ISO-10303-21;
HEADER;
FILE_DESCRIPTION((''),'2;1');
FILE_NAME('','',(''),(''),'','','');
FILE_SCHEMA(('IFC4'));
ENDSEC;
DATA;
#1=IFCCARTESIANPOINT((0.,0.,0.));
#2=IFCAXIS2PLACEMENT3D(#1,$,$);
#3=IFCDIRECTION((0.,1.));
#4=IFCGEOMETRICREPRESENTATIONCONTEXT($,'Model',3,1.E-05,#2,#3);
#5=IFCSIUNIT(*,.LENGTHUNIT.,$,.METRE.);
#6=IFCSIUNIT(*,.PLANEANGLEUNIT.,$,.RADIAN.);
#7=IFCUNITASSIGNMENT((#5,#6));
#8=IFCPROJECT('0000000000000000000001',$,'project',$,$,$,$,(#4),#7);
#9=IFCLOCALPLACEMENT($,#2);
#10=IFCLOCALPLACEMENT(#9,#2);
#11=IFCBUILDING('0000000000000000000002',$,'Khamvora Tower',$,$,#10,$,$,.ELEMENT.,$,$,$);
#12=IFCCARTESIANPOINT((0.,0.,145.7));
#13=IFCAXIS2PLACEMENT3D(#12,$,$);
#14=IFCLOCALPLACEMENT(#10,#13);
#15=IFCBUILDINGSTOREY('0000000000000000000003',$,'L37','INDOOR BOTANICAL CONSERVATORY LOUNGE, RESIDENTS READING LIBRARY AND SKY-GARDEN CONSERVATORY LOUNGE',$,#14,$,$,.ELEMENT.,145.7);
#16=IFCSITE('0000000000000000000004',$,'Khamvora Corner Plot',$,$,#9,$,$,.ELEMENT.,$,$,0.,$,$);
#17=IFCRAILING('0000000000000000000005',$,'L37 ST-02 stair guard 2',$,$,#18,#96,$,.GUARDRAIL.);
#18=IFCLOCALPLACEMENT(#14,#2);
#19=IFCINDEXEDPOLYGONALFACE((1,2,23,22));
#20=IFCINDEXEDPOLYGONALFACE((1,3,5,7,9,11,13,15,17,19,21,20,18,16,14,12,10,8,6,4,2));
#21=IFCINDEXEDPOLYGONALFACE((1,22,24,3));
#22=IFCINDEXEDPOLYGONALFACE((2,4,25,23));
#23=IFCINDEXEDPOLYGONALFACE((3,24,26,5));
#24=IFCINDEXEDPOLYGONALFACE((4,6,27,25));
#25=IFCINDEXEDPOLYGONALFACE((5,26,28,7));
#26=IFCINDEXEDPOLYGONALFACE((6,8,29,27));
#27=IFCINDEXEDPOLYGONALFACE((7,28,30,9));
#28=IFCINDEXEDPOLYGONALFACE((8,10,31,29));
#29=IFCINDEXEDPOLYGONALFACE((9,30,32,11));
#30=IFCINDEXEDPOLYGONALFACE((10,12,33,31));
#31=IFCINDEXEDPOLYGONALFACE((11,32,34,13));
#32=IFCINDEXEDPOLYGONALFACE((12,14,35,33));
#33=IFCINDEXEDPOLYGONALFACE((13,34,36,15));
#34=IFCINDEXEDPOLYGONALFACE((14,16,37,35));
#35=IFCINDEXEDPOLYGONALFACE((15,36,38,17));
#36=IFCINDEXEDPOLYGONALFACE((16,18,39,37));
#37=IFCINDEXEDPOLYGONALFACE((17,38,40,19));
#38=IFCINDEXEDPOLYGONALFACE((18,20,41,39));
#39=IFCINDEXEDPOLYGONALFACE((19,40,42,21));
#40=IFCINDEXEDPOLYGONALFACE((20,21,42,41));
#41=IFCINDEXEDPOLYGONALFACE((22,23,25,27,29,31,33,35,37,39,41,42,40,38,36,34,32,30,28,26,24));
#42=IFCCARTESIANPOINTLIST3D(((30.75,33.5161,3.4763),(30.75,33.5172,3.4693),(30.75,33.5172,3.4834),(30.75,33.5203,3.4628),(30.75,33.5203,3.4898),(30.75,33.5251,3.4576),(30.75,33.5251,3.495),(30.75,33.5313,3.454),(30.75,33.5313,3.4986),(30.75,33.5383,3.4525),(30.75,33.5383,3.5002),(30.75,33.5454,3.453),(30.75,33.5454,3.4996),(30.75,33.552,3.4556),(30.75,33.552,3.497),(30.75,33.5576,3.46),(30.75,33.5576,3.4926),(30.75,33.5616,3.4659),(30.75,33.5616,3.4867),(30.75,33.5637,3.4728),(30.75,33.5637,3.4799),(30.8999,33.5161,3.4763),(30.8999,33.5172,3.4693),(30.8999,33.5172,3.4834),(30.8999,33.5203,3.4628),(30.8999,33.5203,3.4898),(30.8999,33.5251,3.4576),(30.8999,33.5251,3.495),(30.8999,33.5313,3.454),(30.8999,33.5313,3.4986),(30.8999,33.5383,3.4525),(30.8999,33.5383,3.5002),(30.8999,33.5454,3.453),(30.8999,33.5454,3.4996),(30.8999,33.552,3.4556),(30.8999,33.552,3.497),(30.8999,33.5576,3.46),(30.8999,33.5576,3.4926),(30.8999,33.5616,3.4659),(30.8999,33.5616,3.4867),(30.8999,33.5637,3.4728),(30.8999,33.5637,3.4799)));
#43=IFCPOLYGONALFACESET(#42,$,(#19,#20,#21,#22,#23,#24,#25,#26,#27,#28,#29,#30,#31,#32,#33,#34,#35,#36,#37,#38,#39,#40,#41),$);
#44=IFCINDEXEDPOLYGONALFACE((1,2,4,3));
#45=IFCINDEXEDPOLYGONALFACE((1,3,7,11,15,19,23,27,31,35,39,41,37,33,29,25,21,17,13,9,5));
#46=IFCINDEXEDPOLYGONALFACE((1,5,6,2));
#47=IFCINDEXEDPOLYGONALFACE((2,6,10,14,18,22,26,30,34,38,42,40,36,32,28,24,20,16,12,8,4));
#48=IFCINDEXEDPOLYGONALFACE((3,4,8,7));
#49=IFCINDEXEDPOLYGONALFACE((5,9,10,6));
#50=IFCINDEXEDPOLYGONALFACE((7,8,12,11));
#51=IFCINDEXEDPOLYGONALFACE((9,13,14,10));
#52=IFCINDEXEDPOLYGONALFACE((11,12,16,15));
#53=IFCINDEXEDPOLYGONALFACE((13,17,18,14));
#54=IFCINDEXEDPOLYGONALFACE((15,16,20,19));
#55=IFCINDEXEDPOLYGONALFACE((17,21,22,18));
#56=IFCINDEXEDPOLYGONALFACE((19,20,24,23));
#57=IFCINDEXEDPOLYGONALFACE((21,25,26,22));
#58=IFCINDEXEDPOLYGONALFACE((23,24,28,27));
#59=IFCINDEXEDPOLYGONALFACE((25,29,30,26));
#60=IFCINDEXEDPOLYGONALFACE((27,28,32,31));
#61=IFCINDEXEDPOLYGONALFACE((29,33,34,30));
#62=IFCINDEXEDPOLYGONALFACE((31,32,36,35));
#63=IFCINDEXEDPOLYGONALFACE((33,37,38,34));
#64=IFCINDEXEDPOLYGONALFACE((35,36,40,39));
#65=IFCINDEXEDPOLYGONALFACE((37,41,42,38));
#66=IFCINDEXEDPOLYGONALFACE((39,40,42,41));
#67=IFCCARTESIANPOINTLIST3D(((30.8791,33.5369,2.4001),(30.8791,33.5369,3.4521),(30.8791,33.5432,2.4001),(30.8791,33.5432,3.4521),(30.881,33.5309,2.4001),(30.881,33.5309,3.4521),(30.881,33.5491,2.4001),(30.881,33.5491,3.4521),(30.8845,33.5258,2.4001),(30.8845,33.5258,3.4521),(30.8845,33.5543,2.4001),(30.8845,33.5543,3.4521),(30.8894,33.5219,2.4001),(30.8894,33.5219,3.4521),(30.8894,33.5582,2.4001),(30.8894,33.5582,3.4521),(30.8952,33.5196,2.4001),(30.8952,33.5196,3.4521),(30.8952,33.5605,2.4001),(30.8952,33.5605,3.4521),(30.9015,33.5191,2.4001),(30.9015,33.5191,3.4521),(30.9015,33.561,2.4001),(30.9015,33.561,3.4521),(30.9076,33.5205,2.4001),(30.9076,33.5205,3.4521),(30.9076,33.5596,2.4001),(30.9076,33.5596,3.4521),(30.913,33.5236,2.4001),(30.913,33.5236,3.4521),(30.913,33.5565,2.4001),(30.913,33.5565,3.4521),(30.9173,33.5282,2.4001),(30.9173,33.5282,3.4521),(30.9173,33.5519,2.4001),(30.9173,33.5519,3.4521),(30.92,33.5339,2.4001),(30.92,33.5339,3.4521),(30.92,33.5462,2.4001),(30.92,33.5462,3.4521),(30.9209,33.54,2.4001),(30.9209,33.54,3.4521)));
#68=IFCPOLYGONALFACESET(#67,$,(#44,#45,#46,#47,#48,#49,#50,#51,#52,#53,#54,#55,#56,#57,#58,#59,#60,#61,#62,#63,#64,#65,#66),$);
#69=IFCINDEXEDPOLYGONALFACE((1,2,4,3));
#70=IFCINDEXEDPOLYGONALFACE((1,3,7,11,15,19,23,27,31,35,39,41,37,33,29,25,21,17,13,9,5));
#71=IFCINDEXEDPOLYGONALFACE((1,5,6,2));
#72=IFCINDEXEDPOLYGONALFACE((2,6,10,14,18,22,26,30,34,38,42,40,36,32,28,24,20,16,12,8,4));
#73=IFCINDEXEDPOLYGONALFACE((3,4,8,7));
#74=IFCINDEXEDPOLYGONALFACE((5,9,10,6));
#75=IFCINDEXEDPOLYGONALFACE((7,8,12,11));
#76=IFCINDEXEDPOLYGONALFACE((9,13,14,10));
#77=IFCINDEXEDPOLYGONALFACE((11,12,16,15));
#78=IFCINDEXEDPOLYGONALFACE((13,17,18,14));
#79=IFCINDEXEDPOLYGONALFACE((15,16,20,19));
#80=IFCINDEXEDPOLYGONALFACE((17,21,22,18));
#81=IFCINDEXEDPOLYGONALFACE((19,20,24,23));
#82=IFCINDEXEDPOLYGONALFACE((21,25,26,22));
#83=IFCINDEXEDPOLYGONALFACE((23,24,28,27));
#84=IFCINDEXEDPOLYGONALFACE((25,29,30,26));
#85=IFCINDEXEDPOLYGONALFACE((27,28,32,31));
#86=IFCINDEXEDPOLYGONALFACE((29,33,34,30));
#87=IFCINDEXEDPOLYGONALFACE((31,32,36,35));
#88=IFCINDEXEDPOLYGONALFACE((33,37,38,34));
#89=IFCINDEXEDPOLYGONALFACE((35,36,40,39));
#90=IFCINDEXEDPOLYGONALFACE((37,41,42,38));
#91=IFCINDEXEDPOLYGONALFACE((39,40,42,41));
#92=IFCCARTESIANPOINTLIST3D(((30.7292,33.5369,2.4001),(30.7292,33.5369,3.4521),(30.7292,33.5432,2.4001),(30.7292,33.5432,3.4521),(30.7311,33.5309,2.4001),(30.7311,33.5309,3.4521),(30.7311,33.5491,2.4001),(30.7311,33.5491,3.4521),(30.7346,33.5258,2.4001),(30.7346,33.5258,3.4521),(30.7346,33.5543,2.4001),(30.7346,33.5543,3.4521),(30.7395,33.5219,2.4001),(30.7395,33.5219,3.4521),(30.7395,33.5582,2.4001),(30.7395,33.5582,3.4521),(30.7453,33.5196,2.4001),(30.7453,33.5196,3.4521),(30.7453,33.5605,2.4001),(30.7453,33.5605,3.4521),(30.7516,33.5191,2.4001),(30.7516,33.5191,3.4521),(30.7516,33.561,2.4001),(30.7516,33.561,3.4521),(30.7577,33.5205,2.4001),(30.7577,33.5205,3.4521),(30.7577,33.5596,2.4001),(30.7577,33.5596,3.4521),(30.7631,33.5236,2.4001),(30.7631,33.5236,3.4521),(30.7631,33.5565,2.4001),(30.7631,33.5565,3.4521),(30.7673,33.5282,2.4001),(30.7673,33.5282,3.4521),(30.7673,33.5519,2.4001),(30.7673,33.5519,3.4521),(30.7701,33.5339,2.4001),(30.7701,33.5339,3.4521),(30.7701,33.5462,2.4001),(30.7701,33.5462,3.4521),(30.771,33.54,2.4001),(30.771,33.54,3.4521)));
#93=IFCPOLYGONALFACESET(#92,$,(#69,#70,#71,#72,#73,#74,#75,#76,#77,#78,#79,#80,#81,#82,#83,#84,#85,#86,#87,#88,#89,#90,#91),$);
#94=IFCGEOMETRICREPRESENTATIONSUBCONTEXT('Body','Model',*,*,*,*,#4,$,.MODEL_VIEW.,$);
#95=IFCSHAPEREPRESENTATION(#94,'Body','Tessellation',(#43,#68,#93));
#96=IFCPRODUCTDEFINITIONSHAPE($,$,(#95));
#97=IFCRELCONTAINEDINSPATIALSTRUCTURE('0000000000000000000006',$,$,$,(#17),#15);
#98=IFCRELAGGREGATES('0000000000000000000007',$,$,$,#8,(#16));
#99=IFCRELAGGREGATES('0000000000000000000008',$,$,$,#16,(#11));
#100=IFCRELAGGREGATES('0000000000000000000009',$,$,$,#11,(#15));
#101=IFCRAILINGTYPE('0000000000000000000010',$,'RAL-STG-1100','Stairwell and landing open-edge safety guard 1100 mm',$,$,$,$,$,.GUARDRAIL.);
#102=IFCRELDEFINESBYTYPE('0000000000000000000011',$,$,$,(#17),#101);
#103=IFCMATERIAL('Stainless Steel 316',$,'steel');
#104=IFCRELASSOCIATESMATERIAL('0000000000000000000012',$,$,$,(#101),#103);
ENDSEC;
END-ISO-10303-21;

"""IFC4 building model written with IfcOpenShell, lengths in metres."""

from ifc_helpers import new_model, si_unit, direction, frame, origin, origin_2d, place, context, subcontext, project, spatial, circle, extrude, material, type_object, element, save


model = new_model("IFC4")

# Units and contexts
model_context = context("Model", 3, precision=1e-05, world=origin(), true_north=direction((0.0, 1.0)))
body_context = subcontext(model_context, "Body", "Model", "MODEL_VIEW")
ifc_project = project(units=[si_unit("LENGTHUNIT", "METRE"), si_unit("PLANEANGLEUNIT", "RADIAN")], contexts=[model_context])

# Site, building, storey
site_placement = place(None, origin())
site = spatial("IfcSite", under=ifc_project, at=site_placement, Name="Khamvora Corner Plot", CompositionType="ELEMENT", RefElevation=0.0)
building_placement = place(site_placement, origin())
building = spatial("IfcBuilding", under=site, at=building_placement, Name="Khamvora Tower", CompositionType="ELEMENT")
storey_placement = place(building_placement, frame((0.0, 0.0, 145.7)))
storey = spatial("IfcBuildingStorey", under=building, at=storey_placement, Name="L37", Description="INDOOR BOTANICAL CONSERVATORY LOUNGE, RESIDENTS READING LIBRARY AND SKY-GARDEN CONSERVATORY LOUNGE", CompositionType="ELEMENT", Elevation=145.7)

# Railing
ifc_material_1 = material(Name="Stainless Steel 316", Category="steel")
railing_type_1 = type_object("IfcRailingType", Name="RAL-STG-1100", Description="Stairwell and landing open-edge safety guard 1100 mm", PredefinedType="GUARDRAIL", material=ifc_material_1)
railing_1_placement = place(storey_placement, frame((30.8999, 33.54, 2.4001)))
element("IfcRailing", 1, at=railing_1_placement, inside=storey, type_object=railing_type_1, Name="L37 ST-02 stair guard 2", PredefinedType="GUARDRAIL", context=body_context, shape_type="SweptSolid", body=[
    extrude(circle(Radius=0.0239, at=origin_2d()), frame((0.0, 0.0, 1.0762), z_axis=(-1.0, 0.0, 0.0), x_axis=(0.0, -1.0, 0.0)), (0.0, 0.0, 1.0), 0.1499),
    extrude(circle(Radius=0.021, at=origin_2d()), origin(), (0.0, 0.0, 1.0), 1.052),
    extrude(circle(Radius=0.021, at=origin_2d()), frame((-0.1499, 0.0, 0.0)), (0.0, 0.0, 1.0), 1.052),
])

save(model, "model.ifc")
